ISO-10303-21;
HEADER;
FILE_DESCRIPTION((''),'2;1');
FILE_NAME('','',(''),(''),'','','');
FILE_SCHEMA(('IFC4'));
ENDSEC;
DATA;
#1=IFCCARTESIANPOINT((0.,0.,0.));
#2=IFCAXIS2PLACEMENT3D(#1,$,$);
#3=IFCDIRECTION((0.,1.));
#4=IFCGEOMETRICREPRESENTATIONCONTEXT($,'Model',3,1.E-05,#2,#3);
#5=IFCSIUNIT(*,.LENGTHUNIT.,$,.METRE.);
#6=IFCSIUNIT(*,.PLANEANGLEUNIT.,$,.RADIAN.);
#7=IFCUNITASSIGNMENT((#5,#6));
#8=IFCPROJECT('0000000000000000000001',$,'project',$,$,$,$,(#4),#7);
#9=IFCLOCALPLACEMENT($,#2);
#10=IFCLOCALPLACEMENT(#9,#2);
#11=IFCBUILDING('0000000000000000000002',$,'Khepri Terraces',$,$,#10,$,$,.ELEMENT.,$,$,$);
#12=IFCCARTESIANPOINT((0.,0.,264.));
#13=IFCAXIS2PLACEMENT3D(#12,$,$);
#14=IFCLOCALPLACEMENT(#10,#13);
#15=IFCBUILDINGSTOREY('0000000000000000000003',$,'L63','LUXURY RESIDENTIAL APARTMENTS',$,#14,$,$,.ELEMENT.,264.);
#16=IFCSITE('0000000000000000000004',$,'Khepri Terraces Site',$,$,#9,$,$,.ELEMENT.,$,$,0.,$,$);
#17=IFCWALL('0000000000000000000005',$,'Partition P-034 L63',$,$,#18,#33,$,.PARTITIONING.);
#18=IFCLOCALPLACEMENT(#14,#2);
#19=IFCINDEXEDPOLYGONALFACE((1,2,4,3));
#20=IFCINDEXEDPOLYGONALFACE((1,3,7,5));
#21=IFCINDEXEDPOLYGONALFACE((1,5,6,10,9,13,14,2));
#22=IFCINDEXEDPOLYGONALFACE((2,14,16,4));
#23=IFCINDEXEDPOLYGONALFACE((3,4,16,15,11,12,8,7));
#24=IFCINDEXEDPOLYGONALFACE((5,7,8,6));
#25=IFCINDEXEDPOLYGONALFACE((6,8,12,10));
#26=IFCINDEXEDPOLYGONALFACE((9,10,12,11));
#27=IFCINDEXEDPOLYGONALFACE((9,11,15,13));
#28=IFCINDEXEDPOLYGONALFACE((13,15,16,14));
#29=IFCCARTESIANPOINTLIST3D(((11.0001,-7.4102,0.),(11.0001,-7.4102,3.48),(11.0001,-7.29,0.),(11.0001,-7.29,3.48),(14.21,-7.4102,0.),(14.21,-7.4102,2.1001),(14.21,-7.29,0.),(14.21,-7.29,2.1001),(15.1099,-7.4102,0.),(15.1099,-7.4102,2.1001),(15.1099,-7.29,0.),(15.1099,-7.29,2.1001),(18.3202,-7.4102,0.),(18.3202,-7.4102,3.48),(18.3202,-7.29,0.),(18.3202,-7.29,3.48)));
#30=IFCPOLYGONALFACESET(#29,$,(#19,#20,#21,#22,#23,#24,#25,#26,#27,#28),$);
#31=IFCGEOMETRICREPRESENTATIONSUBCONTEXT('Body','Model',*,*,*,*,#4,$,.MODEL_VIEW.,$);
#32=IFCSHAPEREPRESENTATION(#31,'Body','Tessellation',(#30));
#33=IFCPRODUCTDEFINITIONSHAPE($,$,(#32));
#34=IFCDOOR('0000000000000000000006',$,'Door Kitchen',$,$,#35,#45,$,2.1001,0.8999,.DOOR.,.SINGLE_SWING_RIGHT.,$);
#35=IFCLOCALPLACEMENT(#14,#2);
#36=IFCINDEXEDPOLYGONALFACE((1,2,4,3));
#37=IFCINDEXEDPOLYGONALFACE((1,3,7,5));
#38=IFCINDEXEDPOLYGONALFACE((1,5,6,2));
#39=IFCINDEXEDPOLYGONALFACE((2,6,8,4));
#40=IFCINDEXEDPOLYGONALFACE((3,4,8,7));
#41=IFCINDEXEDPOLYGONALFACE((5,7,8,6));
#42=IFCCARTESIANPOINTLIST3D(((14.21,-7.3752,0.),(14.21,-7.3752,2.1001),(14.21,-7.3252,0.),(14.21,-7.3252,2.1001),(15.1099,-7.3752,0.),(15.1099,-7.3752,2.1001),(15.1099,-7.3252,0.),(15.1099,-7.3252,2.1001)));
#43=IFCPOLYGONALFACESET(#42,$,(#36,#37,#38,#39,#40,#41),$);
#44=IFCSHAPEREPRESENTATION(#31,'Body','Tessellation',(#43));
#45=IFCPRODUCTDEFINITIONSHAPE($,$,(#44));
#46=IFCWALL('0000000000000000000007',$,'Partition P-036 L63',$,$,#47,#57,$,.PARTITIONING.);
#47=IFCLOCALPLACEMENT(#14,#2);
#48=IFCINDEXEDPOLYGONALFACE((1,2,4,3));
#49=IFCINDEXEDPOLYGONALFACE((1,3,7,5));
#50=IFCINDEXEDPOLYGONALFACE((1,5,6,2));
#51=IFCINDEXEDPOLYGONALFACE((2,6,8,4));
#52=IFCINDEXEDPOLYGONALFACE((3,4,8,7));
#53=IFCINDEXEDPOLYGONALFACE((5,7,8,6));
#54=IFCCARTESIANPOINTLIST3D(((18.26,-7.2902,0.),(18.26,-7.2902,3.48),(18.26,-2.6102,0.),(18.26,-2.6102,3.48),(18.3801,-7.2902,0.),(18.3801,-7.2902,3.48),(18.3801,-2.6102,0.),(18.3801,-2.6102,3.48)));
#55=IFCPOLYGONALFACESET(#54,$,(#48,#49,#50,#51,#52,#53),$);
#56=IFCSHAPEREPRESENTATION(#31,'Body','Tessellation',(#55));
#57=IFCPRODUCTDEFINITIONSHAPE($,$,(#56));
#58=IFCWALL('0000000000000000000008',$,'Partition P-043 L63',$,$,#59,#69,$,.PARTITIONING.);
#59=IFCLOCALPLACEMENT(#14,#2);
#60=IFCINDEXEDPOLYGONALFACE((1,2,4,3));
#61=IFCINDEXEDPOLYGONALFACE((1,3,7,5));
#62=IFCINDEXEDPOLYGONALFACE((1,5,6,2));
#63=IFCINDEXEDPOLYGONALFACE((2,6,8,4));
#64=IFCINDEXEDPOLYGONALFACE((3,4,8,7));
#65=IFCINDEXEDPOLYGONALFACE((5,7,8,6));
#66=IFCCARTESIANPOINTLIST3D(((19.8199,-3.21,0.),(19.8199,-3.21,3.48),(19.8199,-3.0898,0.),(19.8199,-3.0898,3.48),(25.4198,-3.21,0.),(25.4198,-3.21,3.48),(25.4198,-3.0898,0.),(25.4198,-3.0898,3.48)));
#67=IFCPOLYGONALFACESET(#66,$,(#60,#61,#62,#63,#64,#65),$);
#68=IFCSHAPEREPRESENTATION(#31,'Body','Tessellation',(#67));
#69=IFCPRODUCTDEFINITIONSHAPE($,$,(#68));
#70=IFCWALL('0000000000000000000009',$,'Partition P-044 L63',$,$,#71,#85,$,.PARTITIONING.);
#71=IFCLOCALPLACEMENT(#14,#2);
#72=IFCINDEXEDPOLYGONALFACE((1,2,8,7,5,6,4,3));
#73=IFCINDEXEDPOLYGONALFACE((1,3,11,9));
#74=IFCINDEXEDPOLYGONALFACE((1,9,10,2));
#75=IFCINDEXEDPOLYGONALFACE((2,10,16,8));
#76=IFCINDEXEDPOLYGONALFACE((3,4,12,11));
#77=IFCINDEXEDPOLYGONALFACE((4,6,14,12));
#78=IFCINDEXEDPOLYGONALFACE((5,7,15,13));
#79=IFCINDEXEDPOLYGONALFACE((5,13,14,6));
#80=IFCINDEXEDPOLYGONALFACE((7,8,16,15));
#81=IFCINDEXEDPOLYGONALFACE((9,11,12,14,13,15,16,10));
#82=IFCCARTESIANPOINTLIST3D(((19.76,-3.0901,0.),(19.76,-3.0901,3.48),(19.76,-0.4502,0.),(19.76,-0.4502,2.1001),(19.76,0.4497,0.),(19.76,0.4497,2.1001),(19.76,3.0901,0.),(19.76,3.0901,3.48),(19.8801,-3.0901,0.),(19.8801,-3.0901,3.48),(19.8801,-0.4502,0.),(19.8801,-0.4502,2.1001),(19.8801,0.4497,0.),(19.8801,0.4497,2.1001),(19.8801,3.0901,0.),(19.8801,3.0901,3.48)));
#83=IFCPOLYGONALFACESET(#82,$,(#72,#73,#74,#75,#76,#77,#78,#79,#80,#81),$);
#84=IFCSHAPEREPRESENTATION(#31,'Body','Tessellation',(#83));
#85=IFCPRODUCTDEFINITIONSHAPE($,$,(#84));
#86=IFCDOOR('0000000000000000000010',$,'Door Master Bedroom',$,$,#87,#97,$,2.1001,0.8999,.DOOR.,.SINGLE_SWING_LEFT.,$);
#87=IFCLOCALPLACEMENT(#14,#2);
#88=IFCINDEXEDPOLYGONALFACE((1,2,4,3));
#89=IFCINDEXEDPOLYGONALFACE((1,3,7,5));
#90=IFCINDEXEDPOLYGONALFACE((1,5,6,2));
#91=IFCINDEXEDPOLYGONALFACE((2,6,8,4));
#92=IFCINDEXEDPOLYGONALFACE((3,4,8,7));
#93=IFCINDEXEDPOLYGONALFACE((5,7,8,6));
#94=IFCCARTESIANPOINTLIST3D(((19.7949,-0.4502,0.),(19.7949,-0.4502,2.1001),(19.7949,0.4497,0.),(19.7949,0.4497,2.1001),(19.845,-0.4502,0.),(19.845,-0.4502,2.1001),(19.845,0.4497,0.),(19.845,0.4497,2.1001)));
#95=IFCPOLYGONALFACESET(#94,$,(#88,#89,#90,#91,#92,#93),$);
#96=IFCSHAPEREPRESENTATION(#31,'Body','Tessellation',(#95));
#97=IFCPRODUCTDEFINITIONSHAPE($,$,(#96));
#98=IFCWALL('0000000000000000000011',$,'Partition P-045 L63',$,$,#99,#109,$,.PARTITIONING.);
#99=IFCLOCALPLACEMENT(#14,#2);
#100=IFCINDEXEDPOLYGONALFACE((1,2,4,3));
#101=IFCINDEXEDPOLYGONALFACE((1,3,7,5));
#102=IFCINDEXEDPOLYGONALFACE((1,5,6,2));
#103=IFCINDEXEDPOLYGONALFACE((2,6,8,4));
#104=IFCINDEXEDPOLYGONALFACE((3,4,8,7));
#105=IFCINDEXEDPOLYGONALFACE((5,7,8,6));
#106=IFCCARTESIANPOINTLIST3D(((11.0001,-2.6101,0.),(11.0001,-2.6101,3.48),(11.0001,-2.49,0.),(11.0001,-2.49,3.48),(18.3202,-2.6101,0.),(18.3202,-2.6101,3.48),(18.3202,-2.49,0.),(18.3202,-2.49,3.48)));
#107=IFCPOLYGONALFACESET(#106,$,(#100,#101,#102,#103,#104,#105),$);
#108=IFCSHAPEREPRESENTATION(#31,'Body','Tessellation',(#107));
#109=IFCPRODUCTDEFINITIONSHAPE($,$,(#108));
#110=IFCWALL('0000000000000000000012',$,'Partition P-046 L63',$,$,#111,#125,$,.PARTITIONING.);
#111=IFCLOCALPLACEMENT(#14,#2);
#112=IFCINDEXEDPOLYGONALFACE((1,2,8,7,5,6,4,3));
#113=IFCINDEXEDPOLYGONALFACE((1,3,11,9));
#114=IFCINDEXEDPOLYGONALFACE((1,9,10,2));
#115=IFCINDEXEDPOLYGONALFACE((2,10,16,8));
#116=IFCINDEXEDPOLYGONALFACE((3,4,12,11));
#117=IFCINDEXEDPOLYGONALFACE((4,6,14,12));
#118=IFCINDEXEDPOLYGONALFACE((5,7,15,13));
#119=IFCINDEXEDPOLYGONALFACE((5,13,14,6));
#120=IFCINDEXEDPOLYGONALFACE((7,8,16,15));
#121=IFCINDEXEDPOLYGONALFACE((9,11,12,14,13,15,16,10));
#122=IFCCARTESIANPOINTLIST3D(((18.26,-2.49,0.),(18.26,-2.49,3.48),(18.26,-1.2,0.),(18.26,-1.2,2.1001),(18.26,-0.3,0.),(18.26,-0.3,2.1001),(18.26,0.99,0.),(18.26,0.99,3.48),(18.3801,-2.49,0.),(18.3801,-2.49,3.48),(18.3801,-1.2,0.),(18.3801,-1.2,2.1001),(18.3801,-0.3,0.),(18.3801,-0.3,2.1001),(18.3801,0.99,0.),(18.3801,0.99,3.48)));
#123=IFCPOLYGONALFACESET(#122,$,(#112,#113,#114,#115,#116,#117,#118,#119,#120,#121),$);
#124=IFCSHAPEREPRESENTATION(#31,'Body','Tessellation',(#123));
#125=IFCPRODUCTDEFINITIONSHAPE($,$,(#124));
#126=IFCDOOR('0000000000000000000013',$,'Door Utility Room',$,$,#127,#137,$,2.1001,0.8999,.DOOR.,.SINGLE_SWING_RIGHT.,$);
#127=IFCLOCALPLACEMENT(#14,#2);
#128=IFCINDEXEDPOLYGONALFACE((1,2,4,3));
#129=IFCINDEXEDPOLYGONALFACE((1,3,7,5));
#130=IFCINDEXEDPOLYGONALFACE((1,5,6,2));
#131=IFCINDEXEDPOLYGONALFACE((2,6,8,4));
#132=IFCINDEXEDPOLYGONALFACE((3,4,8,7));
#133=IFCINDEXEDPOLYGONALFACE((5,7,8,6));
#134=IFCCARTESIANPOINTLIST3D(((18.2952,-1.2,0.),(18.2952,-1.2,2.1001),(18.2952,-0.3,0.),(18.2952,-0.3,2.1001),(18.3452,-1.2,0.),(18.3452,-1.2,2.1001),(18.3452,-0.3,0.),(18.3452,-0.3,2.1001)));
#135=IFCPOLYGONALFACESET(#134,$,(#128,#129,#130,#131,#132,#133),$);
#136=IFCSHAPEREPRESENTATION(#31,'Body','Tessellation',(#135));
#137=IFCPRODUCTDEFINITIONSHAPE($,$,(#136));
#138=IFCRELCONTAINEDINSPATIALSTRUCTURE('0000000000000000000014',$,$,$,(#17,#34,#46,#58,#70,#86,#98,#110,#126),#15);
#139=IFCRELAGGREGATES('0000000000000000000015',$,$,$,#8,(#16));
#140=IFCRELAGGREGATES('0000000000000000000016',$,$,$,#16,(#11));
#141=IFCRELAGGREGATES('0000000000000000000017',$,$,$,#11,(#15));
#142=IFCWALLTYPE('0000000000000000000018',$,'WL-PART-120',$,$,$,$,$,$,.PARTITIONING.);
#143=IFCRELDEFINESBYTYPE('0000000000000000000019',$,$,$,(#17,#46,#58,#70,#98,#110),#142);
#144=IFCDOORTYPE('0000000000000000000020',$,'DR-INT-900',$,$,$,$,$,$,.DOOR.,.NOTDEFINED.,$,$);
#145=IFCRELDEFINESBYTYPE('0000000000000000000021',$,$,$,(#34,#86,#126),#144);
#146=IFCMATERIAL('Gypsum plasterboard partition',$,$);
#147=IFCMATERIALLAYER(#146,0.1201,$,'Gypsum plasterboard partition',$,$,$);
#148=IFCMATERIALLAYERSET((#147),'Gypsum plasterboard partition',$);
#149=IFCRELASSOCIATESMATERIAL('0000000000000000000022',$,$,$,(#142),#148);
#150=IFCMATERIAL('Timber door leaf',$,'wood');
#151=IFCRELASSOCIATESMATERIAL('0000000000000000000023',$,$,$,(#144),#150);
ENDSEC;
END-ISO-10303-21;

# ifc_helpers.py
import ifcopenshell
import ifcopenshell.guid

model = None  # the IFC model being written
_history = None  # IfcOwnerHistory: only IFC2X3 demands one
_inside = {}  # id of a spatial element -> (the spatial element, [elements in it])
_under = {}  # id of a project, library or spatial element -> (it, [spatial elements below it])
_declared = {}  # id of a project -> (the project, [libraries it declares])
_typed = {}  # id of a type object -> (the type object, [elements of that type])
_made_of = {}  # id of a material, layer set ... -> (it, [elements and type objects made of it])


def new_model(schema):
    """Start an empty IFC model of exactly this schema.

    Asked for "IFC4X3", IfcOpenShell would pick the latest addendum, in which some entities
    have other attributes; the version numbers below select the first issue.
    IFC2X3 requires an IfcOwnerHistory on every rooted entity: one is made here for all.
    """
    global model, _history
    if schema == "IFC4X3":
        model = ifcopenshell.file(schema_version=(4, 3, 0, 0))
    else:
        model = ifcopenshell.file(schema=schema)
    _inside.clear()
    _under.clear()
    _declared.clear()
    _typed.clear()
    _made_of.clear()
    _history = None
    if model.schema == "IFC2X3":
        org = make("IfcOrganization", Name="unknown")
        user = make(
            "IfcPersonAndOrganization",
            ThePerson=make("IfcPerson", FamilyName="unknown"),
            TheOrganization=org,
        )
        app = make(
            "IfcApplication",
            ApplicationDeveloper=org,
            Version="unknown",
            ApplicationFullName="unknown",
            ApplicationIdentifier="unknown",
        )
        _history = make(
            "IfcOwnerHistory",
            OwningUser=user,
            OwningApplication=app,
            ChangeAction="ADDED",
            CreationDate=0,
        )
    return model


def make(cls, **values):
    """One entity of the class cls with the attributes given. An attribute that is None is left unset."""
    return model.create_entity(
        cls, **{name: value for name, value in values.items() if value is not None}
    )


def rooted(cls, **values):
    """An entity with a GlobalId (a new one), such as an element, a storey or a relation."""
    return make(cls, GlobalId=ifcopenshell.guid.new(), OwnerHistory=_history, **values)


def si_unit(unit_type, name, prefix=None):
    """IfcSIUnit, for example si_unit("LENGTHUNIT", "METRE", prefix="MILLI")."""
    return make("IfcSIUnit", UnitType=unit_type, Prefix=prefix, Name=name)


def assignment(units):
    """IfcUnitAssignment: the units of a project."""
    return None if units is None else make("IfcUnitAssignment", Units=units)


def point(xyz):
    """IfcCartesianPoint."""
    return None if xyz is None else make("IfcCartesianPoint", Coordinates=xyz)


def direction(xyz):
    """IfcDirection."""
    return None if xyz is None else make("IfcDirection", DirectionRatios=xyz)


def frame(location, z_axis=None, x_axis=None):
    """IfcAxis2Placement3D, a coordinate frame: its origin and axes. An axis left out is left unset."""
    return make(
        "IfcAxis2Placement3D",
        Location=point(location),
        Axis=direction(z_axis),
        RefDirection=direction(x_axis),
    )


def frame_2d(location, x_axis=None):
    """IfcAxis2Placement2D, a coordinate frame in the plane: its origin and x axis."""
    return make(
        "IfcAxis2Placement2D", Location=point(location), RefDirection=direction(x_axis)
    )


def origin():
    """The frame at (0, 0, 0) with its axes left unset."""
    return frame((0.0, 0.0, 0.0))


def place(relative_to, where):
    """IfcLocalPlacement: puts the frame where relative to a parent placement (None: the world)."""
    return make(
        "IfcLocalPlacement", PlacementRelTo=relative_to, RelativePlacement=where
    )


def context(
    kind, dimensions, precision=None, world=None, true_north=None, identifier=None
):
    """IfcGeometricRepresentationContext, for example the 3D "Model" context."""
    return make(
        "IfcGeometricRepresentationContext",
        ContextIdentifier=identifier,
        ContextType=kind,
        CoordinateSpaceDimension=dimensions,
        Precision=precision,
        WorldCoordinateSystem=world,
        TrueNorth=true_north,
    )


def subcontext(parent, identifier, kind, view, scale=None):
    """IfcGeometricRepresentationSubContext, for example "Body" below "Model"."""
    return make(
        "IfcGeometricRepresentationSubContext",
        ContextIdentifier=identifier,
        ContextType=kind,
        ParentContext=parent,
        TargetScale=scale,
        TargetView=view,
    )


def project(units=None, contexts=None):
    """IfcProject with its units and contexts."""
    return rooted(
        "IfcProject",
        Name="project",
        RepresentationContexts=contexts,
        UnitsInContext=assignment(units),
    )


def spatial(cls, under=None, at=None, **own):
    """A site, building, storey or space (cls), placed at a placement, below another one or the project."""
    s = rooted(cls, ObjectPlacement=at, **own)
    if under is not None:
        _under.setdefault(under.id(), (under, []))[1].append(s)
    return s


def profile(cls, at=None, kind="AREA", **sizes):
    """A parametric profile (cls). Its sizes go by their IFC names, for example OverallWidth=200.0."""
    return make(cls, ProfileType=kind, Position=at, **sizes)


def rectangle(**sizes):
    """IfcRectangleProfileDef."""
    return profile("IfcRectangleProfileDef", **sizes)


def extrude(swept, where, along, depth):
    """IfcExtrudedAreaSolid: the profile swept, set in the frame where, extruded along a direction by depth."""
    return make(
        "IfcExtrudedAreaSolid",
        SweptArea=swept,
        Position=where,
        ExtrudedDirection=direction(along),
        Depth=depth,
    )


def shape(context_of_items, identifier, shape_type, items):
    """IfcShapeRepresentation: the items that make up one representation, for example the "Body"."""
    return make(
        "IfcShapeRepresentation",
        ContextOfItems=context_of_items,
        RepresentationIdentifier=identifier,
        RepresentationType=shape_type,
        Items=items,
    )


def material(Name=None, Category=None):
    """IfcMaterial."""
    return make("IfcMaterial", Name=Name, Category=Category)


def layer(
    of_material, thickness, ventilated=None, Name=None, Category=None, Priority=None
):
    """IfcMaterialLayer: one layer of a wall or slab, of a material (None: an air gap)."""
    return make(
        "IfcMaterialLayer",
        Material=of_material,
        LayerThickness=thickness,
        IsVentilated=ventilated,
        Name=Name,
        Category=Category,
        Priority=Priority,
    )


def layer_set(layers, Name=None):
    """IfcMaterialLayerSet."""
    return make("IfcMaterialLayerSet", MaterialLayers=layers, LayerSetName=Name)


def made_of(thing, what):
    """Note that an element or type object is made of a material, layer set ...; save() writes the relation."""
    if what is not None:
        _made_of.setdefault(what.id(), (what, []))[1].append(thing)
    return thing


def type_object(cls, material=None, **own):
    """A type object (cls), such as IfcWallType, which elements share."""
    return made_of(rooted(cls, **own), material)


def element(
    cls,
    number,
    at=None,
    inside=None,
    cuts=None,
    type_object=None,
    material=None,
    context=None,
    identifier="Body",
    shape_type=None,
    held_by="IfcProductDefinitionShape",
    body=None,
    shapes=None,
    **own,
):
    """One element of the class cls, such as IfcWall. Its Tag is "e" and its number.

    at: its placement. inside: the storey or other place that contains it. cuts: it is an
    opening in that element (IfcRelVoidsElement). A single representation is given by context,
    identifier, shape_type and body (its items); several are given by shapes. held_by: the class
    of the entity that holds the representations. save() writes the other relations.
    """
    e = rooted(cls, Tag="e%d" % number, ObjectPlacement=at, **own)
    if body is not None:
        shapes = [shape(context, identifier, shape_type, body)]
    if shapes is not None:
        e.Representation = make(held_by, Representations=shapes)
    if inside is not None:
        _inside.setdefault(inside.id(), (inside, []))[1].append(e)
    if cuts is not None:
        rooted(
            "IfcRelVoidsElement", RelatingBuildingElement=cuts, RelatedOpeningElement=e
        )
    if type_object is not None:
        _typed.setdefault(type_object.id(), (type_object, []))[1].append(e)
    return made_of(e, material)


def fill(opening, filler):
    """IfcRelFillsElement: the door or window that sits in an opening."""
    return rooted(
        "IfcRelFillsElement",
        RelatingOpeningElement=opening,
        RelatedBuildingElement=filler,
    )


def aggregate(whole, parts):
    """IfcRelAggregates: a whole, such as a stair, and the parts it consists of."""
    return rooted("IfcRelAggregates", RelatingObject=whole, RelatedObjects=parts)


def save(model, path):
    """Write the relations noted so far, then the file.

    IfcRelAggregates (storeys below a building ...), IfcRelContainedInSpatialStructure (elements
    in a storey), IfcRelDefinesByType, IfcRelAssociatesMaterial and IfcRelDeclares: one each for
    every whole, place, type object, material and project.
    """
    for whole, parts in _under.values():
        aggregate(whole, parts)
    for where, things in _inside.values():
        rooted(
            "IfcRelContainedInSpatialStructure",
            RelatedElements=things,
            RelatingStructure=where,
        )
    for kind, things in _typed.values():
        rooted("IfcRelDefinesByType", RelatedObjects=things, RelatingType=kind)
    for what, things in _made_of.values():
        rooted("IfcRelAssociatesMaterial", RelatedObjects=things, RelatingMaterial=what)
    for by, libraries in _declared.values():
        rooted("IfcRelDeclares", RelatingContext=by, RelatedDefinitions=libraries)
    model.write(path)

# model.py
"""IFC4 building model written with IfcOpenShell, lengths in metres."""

from ifc_helpers import new_model, si_unit, direction, frame, frame_2d, origin, place, context, subcontext, project, spatial, rectangle, extrude, material, layer, layer_set, type_object, element, fill, save


model = new_model("IFC4")

# Units and contexts
model_context = context("Model", 3, precision=1e-05, world=origin(), true_north=direction((0.0, 1.0)))
body_context = subcontext(model_context, "Body", "Model", "MODEL_VIEW")
ifc_project = project(units=[si_unit("LENGTHUNIT", "METRE"), si_unit("PLANEANGLEUNIT", "RADIAN")], contexts=[model_context])

# Site, building, storey
site_placement = place(None, origin())
site = spatial("IfcSite", under=ifc_project, at=site_placement, Name="Khepri Terraces Site", CompositionType="ELEMENT", RefElevation=0.0)
building_placement = place(site_placement, origin())
building = spatial("IfcBuilding", under=site, at=building_placement, Name="Khepri Terraces", CompositionType="ELEMENT")
storey_placement = place(building_placement, frame((0.0, 0.0, 264.0)))
storey = spatial("IfcBuildingStorey", under=building, at=storey_placement, Name="L63", Description="LUXURY RESIDENTIAL APARTMENTS", CompositionType="ELEMENT", Elevation=264.0)

# Shared definitions
ifc_material_1 = material(Name="Gypsum plasterboard partition")
ifc_layer_1 = layer(ifc_material_1, 0.1201, Name="Gypsum plasterboard partition")
ifc_layer_set_1 = layer_set([ifc_layer_1], Name="Gypsum plasterboard partition")
wall_type_1 = type_object("IfcWallType", Name="WL-PART-120", PredefinedType="PARTITIONING", material=ifc_layer_set_1)
ifc_material_2 = material(Name="Timber door leaf", Category="wood")
door_type_1 = type_object("IfcDoorType", Name="DR-INT-900", OperationType="NOTDEFINED", PredefinedType="DOOR", material=ifc_material_2)

# Wall, opening, door
wall_1_placement = place(storey_placement, frame((11.0, -7.3501, 0.0), z_axis=(0.0, 0.0, 1.0), x_axis=(1.0, 0.0, 0.0)))
wall_1 = element("IfcWall", 1, at=wall_1_placement, inside=storey, type_object=wall_type_1, Name="Partition P-034 L63", PredefinedType="PARTITIONING", context=body_context, shape_type="SweptSolid", body=[
    extrude(rectangle(XDim=7.3201, YDim=0.1201, at=frame_2d((3.6602, 0.0))), origin(), (0.0, 0.0, 1.0), 3.48),
])
opening_1_placement = place(wall_1_placement, frame((3.21, 0.0, 0.0)))
opening_1 = element("IfcOpeningElement", 2, at=opening_1_placement, cuts=wall_1, PredefinedType="OPENING", context=body_context, shape_type="SweptSolid", body=[
    extrude(rectangle(XDim=0.8999, YDim=2.1001, at=frame_2d((0.45, 1.05))), frame((0.0, 0.0701, 0.0), z_axis=(0.0, -1.0, 0.0), x_axis=(1.0, 0.0, 0.0)), (0.0, 0.0, 1.0), 0.1401),
])
door_1_placement = place(opening_1_placement, origin())
door_1 = element("IfcDoor", 3, at=door_1_placement, inside=storey, type_object=door_type_1, Name="Door Kitchen", OperationType="SINGLE_SWING_RIGHT", OverallHeight=2.1001, OverallWidth=0.8999, PredefinedType="DOOR", context=body_context, shape_type="SweptSolid", body=[
    extrude(rectangle(XDim=0.8999, YDim=2.1001, at=frame_2d((0.45, 1.05))), frame((0.0, 0.0249, 0.0), z_axis=(0.0, -1.0, 0.0), x_axis=(1.0, 0.0, 0.0)), (0.0, 0.0, 1.0), 0.05),
])
fill(opening_1, door_1)

# Walls
wall_2_placement = place(storey_placement, frame((18.3201, -7.29, 0.0), z_axis=(0.0, 0.0, 1.0), x_axis=(0.0, 1.0, 0.0)))
element("IfcWall", 4, at=wall_2_placement, inside=storey, type_object=wall_type_1, Name="Partition P-036 L63", PredefinedType="PARTITIONING", context=body_context, shape_type="SweptSolid", body=[
    extrude(rectangle(XDim=4.6799, YDim=0.1201, at=frame_2d((2.3398, 0.0))), origin(), (0.0, 0.0, 1.0), 3.48),
])
wall_3_placement = place(storey_placement, frame((19.8201, -3.1499, 0.0), z_axis=(0.0, 0.0, 1.0), x_axis=(1.0, 0.0, 0.0)))
element("IfcWall", 5, at=wall_3_placement, inside=storey, type_object=wall_type_1, Name="Partition P-043 L63", PredefinedType="PARTITIONING", context=body_context, shape_type="SweptSolid", body=[
    extrude(rectangle(XDim=5.5999, YDim=0.1201, at=frame_2d((2.7998, 0.0))), origin(), (0.0, 0.0, 1.0), 3.48),
])

# Wall, opening, door
wall_4_placement = place(storey_placement, frame((19.8201, -3.0901, 0.0), z_axis=(0.0, 0.0, 1.0), x_axis=(0.0, 1.0, 0.0)))
wall_4 = element("IfcWall", 6, at=wall_4_placement, inside=storey, type_object=wall_type_1, Name="Partition P-044 L63", PredefinedType="PARTITIONING", context=body_context, shape_type="SweptSolid", body=[
    extrude(rectangle(XDim=6.1802, YDim=0.1201, at=frame_2d((3.0901, 0.0))), origin(), (0.0, 0.0, 1.0), 3.48),
])
opening_2_placement = place(wall_4_placement, frame((2.6399, 0.0, 0.0)))
opening_2 = element("IfcOpeningElement", 7, at=opening_2_placement, cuts=wall_4, PredefinedType="OPENING", context=body_context, shape_type="SweptSolid", body=[
    extrude(rectangle(XDim=0.8999, YDim=2.1001, at=frame_2d((0.45, 1.05))), frame((0.0, 0.0701, 0.0), z_axis=(0.0, -1.0, 0.0), x_axis=(1.0, 0.0, 0.0)), (0.0, 0.0, 1.0), 0.1401),
])
door_2_placement = place(opening_2_placement, frame((0.8999, 0.0, 0.0), z_axis=(0.0, 0.0, 1.0), x_axis=(-1.0, 0.0, 0.0)))
door_2 = element("IfcDoor", 8, at=door_2_placement, inside=storey, type_object=door_type_1, Name="Door Master Bedroom", OperationType="SINGLE_SWING_LEFT", OverallHeight=2.1001, OverallWidth=0.8999, PredefinedType="DOOR", context=body_context, shape_type="SweptSolid", body=[
    extrude(rectangle(XDim=0.8999, YDim=2.1001, at=frame_2d((0.45, 1.05))), frame((0.0, 0.0249, 0.0), z_axis=(0.0, -1.0, 0.0), x_axis=(1.0, 0.0, 0.0)), (0.0, 0.0, 1.0), 0.05),
])
fill(opening_2, door_2)

# Wall
wall_5_placement = place(storey_placement, frame((11.0, -2.55, 0.0), z_axis=(0.0, 0.0, 1.0), x_axis=(1.0, 0.0, 0.0)))
element("IfcWall", 9, at=wall_5_placement, inside=storey, type_object=wall_type_1, Name="Partition P-045 L63", PredefinedType="PARTITIONING", context=body_context, shape_type="SweptSolid", body=[
    extrude(rectangle(XDim=7.3201, YDim=0.1201, at=frame_2d((3.6602, 0.0))), origin(), (0.0, 0.0, 1.0), 3.48),
])

# Wall, opening, door
wall_6_placement = place(storey_placement, frame((18.3201, -2.49, 0.0), z_axis=(0.0, 0.0, 1.0), x_axis=(0.0, 1.0, 0.0)))
wall_6 = element("IfcWall", 10, at=wall_6_placement, inside=storey, type_object=wall_type_1, Name="Partition P-046 L63", PredefinedType="PARTITIONING", context=body_context, shape_type="SweptSolid", body=[
    extrude(rectangle(XDim=3.48, YDim=0.1201, at=frame_2d((1.74, 0.0))), origin(), (0.0, 0.0, 1.0), 3.48),
])
opening_3_placement = place(wall_6_placement, frame((1.29, 0.0, 0.0)))
opening_3 = element("IfcOpeningElement", 11, at=opening_3_placement, cuts=wall_6, PredefinedType="OPENING", context=body_context, shape_type="SweptSolid", body=[
    extrude(rectangle(XDim=0.8999, YDim=2.1001, at=frame_2d((0.45, 1.05))), frame((0.0, 0.0701, 0.0), z_axis=(0.0, -1.0, 0.0), x_axis=(1.0, 0.0, 0.0)), (0.0, 0.0, 1.0), 0.1401),
])
door_3_placement = place(opening_3_placement, origin())
door_3 = element("IfcDoor", 12, at=door_3_placement, inside=storey, type_object=door_type_1, Name="Door Utility Room", OperationType="SINGLE_SWING_RIGHT", OverallHeight=2.1001, OverallWidth=0.8999, PredefinedType="DOOR", context=body_context, shape_type="SweptSolid", body=[
    extrude(rectangle(XDim=0.8999, YDim=2.1001, at=frame_2d((0.45, 1.05))), frame((0.0, 0.0249, 0.0), z_axis=(0.0, -1.0, 0.0), x_axis=(1.0, 0.0, 0.0)), (0.0, 0.0, 1.0), 0.05),
])
fill(opening_3, door_3)

save(model, "model.ifc")
